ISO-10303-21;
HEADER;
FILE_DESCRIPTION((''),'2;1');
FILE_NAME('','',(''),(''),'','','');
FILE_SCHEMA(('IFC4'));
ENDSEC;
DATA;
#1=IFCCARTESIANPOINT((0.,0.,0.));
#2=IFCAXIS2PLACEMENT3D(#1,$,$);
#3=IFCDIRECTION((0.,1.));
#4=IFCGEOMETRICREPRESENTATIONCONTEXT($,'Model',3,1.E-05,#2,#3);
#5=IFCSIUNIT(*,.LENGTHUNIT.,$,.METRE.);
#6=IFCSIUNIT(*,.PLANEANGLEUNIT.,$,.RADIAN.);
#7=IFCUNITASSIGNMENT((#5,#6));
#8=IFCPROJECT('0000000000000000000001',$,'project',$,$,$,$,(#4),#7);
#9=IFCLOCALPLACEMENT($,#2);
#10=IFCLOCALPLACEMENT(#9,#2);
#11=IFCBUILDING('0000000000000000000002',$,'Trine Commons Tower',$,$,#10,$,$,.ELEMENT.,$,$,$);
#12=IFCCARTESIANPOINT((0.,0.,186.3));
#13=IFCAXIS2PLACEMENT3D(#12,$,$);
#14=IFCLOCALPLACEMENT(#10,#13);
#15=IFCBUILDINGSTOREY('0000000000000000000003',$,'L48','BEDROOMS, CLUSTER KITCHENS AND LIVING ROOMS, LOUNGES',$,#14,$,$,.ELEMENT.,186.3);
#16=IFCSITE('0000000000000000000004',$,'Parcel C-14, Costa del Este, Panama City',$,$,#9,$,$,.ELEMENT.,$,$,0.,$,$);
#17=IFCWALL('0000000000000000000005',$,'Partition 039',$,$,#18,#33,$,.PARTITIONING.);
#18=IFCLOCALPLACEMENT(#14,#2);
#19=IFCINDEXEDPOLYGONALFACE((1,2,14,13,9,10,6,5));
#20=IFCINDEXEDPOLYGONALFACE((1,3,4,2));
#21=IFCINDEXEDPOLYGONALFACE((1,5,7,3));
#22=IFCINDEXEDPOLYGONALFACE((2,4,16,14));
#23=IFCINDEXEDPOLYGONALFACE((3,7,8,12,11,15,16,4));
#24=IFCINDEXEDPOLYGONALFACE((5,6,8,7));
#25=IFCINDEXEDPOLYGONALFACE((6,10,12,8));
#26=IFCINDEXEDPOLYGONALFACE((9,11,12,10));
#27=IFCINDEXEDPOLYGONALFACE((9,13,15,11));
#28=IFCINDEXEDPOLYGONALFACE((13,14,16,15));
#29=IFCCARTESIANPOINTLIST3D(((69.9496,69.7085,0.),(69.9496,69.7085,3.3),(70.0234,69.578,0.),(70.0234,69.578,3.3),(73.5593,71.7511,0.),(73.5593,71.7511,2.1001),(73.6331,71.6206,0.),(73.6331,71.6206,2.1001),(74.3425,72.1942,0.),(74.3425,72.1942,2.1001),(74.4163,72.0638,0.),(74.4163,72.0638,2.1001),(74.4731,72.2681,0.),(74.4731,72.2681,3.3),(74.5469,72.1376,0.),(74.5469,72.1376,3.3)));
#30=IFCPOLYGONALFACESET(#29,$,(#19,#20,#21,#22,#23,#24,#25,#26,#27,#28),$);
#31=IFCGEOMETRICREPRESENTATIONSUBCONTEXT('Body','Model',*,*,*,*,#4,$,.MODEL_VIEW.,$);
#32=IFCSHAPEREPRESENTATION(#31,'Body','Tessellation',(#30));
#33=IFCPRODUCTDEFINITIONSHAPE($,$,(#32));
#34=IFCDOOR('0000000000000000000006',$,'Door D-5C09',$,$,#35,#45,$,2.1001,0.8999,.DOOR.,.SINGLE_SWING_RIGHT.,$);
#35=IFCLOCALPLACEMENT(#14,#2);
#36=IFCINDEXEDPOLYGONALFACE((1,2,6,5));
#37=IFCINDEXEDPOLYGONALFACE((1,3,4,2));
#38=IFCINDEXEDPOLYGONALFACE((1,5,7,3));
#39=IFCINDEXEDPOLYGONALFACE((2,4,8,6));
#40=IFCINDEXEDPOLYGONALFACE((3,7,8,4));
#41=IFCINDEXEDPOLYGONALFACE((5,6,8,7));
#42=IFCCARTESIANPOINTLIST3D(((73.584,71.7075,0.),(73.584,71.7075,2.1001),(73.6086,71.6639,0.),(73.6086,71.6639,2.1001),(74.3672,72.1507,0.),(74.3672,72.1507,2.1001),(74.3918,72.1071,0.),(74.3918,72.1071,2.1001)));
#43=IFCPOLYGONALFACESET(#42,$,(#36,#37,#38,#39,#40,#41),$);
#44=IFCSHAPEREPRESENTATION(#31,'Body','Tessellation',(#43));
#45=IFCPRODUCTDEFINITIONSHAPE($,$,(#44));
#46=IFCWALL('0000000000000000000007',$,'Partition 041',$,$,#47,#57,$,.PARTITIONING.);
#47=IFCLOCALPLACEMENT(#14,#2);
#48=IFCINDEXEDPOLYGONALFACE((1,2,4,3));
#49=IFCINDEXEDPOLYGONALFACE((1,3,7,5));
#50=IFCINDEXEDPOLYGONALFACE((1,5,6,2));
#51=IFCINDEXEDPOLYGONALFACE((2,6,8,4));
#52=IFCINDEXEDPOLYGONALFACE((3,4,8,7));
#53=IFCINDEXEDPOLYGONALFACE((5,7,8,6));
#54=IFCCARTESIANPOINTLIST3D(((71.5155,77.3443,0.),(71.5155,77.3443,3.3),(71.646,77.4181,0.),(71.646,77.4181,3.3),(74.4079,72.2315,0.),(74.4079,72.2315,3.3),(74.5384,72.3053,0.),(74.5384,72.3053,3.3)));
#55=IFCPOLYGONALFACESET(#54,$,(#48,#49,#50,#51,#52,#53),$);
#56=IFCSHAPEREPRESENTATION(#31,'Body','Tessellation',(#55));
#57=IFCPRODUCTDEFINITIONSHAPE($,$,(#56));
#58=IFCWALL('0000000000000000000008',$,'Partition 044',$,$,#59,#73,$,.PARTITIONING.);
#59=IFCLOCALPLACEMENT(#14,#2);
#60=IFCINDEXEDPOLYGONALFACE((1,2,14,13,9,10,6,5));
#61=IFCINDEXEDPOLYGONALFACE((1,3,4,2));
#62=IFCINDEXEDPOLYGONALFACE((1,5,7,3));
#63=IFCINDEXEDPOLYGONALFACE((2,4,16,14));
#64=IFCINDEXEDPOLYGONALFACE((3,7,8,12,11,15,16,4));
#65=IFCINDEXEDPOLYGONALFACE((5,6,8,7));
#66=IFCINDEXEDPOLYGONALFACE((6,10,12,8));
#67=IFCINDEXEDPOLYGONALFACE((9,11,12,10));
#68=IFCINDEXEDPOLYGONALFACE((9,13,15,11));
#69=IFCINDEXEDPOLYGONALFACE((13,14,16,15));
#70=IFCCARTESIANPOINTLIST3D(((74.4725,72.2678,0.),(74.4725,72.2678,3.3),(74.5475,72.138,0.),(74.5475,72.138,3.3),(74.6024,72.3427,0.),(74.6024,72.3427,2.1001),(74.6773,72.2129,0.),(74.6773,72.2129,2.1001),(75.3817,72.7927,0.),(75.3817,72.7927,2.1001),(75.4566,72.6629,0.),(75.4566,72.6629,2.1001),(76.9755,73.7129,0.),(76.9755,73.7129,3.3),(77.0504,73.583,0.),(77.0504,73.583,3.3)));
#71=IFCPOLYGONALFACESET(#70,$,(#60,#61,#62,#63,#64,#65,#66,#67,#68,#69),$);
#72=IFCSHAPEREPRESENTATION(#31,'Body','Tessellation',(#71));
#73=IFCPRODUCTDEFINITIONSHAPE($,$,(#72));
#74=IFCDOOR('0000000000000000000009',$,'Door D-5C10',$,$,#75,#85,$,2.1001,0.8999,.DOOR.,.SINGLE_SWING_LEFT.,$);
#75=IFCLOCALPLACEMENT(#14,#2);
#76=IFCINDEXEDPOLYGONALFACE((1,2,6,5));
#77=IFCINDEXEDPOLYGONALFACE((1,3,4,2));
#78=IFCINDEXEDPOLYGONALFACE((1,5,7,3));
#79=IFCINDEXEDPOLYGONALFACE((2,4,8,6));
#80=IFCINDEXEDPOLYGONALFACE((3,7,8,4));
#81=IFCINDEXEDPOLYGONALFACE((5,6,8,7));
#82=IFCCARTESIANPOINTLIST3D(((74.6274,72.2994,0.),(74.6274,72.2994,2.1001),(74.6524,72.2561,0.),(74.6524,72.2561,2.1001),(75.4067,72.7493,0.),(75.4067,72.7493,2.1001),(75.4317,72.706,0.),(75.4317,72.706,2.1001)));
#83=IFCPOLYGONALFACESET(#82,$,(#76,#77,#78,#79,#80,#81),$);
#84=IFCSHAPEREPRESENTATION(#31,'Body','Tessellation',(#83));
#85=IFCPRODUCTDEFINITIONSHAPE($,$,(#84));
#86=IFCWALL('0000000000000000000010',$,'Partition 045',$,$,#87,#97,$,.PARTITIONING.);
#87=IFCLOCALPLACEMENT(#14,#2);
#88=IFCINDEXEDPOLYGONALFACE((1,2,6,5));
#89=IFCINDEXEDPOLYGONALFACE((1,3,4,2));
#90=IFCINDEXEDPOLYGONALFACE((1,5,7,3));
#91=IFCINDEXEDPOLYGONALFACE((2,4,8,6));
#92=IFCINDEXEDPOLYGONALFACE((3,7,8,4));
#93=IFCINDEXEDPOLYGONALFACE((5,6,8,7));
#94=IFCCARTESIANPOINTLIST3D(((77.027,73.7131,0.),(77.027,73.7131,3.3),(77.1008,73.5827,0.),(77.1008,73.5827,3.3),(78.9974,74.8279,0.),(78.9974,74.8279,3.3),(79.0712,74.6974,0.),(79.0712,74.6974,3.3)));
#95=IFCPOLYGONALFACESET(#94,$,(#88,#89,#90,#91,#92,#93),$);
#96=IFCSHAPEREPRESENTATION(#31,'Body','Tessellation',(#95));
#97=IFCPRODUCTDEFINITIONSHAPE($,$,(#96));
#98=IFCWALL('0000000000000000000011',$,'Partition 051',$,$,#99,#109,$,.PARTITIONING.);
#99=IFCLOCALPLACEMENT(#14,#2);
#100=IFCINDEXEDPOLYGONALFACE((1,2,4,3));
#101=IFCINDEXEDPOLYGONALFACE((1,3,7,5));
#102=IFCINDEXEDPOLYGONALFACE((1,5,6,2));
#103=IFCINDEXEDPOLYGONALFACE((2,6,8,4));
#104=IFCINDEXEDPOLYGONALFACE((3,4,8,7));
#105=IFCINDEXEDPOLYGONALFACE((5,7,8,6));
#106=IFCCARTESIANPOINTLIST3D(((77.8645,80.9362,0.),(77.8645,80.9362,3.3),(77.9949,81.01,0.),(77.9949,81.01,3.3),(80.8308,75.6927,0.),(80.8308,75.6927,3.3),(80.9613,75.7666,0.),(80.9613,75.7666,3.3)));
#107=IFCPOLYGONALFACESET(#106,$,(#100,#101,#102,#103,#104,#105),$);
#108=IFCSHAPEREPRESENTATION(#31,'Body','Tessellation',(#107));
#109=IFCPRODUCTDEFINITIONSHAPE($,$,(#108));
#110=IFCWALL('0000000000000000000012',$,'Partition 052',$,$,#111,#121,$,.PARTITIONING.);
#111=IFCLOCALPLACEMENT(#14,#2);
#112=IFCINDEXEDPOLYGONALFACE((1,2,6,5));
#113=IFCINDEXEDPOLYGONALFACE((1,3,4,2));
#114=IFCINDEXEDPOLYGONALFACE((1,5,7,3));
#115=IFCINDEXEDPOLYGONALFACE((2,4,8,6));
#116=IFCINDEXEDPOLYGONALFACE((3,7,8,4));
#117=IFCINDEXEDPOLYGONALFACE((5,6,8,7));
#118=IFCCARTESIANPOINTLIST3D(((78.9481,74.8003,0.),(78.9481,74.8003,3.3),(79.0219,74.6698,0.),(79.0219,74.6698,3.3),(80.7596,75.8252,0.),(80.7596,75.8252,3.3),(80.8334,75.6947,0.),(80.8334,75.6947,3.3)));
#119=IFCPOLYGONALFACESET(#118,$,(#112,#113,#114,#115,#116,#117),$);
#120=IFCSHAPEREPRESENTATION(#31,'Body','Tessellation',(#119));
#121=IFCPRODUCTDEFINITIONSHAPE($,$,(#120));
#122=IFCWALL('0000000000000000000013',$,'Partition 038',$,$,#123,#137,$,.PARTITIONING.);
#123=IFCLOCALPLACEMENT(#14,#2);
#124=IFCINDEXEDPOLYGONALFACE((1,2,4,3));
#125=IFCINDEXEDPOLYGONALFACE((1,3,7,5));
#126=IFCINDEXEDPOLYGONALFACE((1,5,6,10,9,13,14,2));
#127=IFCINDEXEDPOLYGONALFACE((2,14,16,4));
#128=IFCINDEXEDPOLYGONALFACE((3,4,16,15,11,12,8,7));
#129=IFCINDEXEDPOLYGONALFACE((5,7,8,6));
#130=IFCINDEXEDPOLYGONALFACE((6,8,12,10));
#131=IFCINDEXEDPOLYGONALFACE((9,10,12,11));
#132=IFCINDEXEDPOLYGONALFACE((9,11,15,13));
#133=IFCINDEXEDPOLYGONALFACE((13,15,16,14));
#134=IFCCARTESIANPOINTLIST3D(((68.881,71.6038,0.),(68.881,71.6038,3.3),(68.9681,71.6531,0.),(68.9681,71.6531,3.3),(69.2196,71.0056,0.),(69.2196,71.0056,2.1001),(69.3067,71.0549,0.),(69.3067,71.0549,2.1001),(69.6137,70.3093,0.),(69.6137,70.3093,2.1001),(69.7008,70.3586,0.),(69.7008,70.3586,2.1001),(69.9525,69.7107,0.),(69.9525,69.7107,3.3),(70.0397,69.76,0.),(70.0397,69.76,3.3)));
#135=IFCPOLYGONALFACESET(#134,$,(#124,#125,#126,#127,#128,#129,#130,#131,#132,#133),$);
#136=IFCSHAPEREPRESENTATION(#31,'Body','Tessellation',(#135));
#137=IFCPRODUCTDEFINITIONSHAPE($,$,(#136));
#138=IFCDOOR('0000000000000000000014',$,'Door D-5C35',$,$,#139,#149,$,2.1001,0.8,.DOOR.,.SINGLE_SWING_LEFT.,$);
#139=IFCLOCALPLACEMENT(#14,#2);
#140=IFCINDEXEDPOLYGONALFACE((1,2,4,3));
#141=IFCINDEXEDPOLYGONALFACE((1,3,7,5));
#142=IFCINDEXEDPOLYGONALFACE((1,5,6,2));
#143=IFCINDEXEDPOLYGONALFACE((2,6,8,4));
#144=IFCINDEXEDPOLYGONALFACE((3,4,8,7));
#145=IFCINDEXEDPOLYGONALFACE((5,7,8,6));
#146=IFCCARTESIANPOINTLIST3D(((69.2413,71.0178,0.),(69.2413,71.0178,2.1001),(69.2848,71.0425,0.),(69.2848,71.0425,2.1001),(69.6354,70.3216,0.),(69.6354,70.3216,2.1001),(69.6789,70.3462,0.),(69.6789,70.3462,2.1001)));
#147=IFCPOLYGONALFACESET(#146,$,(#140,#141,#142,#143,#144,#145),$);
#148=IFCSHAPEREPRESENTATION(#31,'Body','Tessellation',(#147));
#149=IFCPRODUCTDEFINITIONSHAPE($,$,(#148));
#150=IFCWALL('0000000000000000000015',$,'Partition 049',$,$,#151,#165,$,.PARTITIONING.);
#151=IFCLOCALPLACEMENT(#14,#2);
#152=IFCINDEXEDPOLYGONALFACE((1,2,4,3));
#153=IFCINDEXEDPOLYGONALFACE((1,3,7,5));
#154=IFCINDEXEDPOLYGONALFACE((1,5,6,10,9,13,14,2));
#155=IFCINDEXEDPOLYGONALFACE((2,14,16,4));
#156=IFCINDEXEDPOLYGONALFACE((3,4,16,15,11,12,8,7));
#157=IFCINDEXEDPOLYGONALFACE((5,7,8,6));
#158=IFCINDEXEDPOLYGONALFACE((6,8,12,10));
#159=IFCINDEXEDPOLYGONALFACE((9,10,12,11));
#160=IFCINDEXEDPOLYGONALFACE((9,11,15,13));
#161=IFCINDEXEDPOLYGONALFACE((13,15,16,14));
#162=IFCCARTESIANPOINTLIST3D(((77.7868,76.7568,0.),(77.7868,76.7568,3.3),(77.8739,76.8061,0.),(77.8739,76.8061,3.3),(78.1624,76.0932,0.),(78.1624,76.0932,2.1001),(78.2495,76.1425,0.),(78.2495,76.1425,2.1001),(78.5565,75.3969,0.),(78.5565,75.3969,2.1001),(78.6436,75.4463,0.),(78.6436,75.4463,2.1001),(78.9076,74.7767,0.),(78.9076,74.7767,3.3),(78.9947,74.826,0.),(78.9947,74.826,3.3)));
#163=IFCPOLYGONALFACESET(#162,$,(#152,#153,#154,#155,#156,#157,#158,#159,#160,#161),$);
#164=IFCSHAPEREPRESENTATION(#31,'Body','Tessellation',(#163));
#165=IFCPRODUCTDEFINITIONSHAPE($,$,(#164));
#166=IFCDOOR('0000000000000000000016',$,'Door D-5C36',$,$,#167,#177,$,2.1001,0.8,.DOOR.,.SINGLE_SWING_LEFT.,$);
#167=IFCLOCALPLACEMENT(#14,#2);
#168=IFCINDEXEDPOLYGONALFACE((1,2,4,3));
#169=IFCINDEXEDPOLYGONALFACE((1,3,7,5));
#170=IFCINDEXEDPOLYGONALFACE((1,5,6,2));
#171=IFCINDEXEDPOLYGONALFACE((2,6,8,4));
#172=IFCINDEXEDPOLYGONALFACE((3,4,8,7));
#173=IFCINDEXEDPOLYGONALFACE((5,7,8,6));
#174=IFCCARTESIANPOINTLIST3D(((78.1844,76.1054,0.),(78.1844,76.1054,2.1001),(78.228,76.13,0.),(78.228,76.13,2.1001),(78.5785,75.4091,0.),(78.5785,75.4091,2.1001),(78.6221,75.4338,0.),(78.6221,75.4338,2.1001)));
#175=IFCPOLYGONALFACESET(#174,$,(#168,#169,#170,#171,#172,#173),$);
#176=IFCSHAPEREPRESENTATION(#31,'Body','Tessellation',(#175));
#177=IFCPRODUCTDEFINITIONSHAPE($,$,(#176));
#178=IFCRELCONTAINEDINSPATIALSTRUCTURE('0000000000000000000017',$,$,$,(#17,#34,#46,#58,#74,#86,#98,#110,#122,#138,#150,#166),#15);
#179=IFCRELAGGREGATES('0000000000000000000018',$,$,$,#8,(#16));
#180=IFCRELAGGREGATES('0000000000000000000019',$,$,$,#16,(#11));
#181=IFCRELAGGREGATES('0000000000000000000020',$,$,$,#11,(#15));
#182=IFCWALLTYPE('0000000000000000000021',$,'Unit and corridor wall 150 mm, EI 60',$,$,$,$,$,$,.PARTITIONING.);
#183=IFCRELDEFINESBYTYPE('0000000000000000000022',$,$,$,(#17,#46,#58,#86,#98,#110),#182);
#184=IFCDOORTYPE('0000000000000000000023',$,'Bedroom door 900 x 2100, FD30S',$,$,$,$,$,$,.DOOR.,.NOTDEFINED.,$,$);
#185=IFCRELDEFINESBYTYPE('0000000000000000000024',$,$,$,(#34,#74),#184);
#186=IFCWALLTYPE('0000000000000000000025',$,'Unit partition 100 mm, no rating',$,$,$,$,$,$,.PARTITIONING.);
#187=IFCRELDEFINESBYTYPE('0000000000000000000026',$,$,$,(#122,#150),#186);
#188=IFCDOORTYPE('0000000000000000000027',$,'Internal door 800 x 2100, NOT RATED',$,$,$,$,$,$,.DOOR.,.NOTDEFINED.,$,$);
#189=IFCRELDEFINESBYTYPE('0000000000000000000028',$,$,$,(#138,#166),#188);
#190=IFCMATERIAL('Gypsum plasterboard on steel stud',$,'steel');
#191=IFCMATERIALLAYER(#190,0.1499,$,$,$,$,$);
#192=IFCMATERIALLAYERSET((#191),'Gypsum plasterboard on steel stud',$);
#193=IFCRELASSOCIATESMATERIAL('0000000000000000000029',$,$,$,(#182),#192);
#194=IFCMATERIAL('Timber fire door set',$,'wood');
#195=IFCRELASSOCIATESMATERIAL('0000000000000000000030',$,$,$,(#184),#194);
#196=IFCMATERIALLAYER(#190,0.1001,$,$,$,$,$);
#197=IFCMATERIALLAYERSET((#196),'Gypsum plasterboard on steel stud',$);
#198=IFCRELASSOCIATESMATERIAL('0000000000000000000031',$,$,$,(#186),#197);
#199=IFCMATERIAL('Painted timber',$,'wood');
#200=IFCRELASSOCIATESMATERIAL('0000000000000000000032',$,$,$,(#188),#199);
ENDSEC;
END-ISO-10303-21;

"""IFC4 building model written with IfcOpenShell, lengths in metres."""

from ifc_helpers import new_model, si_unit, direction, frame, frame_2d, origin, place, context, subcontext, project, spatial, rectangle, extrude, material, layer, layer_set, type_object, element, fill, save


model = new_model("IFC4")

# Units and contexts
model_context = context("Model", 3, precision=1e-05, world=origin(), true_north=direction((0.0, 1.0)))
body_context = subcontext(model_context, "Body", "Model", "MODEL_VIEW")
ifc_project = project(units=[si_unit("LENGTHUNIT", "METRE"), si_unit("PLANEANGLEUNIT", "RADIAN")], contexts=[model_context])

# Site, building, storey
site_placement = place(None, origin())
site = spatial("IfcSite", under=ifc_project, at=site_placement, Name="Parcel C-14, Costa del Este, Panama City", CompositionType="ELEMENT", RefElevation=0.0)
building_placement = place(site_placement, origin())
building = spatial("IfcBuilding", under=site, at=building_placement, Name="Trine Commons Tower", CompositionType="ELEMENT")
storey_placement = place(building_placement, frame((0.0, 0.0, 186.3)))
storey = spatial("IfcBuildingStorey", under=building, at=storey_placement, Name="L48", Description="BEDROOMS, CLUSTER KITCHENS AND LIVING ROOMS, LOUNGES", CompositionType="ELEMENT", Elevation=186.3)

# Wall, opening, door
ifc_material_1 = material(Name="Gypsum plasterboard on steel stud", Category="steel")
ifc_layer_1 = layer(ifc_material_1, 0.1499)
ifc_layer_set_1 = layer_set([ifc_layer_1], Name="Gypsum plasterboard on steel stud")
wall_type_1 = type_object("IfcWallType", Name="Unit and corridor wall 150 mm, EI 60", PredefinedType="PARTITIONING", material=ifc_layer_set_1)
wall_1_placement = place(storey_placement, frame((69.9866, 69.6433, 0.0), z_axis=(0.0, 0.0, 1.0), x_axis=(0.870328, 0.492472, 0.0)))
wall_1 = element("IfcWall", 1, at=wall_1_placement, inside=storey, type_object=wall_type_1, Name="Partition 039", PredefinedType="PARTITIONING", context=body_context, shape_type="SweptSolid", body=[
    extrude(rectangle(XDim=5.1975, YDim=0.1499, at=frame_2d((2.5986, 0.0))), origin(), (0.0, 0.0, 1.0), 3.3),
])
opening_1_placement = place(wall_1_placement, frame((4.1475, 0.0, 0.0)))
opening_1 = element("IfcOpeningElement", 2, at=opening_1_placement, cuts=wall_1, PredefinedType="OPENING", context=body_context, shape_type="SweptSolid", body=[
    extrude(rectangle(XDim=0.8999, YDim=2.1001, at=frame_2d((0.45, 1.05))), frame((0.0, 0.085, 0.0), z_axis=(0.0, -1.0, 0.0), x_axis=(1.0, 0.0, 0.0)), (0.0, 0.0, 1.0), 0.1699),
])
ifc_material_2 = material(Name="Timber fire door set", Category="wood")
door_type_1 = type_object("IfcDoorType", Name="Bedroom door 900 x 2100, FD30S", OperationType="NOTDEFINED", PredefinedType="DOOR", material=ifc_material_2)
door_1_placement = place(opening_1_placement, origin())
door_1 = element("IfcDoor", 3, at=door_1_placement, inside=storey, type_object=door_type_1, Name="Door D-5C09", OperationType="SINGLE_SWING_RIGHT", OverallHeight=2.1001, OverallWidth=0.8999, PredefinedType="DOOR", context=body_context, shape_type="SweptSolid", body=[
    extrude(rectangle(XDim=0.8999, YDim=2.1001, at=frame_2d((0.45, 1.05))), frame((0.0, 0.0249, 0.0), z_axis=(0.0, -1.0, 0.0), x_axis=(1.0, 0.0, 0.0)), (0.0, 0.0, 1.0), 0.05),
])
fill(opening_1, door_1)

# Wall
wall_2_placement = place(storey_placement, frame((71.5808, 77.3811, 0.0), z_axis=(0.0, 0.0, 1.0), x_axis=(0.492379, -0.870381, 0.0)))
element("IfcWall", 4, at=wall_2_placement, inside=storey, type_object=wall_type_1, Name="Partition 041", PredefinedType="PARTITIONING", context=body_context, shape_type="SweptSolid", body=[
    extrude(rectangle(XDim=5.8743, YDim=0.1499, at=frame_2d((2.937, 0.0))), origin(), (0.0, 0.0, 1.0), 3.3),
])

# Wall, opening, door
wall_3_placement = place(storey_placement, frame((74.51, 72.2029, 0.0), z_axis=(0.0, 0.0, 1.0), x_axis=(0.866025, 0.5, 0.0)))
wall_3 = element("IfcWall", 5, at=wall_3_placement, inside=storey, type_object=wall_type_1, Name="Partition 044", PredefinedType="PARTITIONING", context=body_context, shape_type="SweptSolid", body=[
    extrude(rectangle(XDim=2.8901, YDim=0.1499, at=frame_2d((1.4451, 0.0))), origin(), (0.0, 0.0, 1.0), 3.3),
])
opening_2_placement = place(wall_3_placement, frame((0.1499, 0.0, 0.0)))
opening_2 = element("IfcOpeningElement", 6, at=opening_2_placement, cuts=wall_3, PredefinedType="OPENING", context=body_context, shape_type="SweptSolid", body=[
    extrude(rectangle(XDim=0.8999, YDim=2.1001, at=frame_2d((0.45, 1.05))), frame((0.0, 0.085, 0.0), z_axis=(0.0, -1.0, 0.0), x_axis=(1.0, 0.0, 0.0)), (0.0, 0.0, 1.0), 0.1699),
])
door_2_placement = place(opening_2_placement, origin())
door_2 = element("IfcDoor", 7, at=door_2_placement, inside=storey, type_object=door_type_1, Name="Door D-5C10", OperationType="SINGLE_SWING_LEFT", OverallHeight=2.1001, OverallWidth=0.8999, PredefinedType="DOOR", context=body_context, shape_type="SweptSolid", body=[
    extrude(rectangle(XDim=0.8999, YDim=2.1001, at=frame_2d((0.45, 1.05))), frame((0.0, 0.0249, 0.0), z_axis=(0.0, -1.0, 0.0), x_axis=(1.0, 0.0, 0.0)), (0.0, 0.0, 1.0), 0.05),
])
fill(opening_2, door_2)

# Walls
wall_4_placement = place(storey_placement, frame((77.064, 73.6479, 0.0), z_axis=(0.0, 0.0, 1.0), x_axis=(0.870372, 0.492395, 0.0)))
element("IfcWall", 8, at=wall_4_placement, inside=storey, type_object=wall_type_1, Name="Partition 045", PredefinedType="PARTITIONING", context=body_context, shape_type="SweptSolid", body=[
    extrude(rectangle(XDim=2.2639, YDim=0.1499, at=frame_2d((1.1318, 0.0))), origin(), (0.0, 0.0, 1.0), 3.3),
])
wall_5_placement = place(storey_placement, frame((77.9297, 80.9731, 0.0), z_axis=(0.0, 0.0, 1.0), x_axis=(0.49239, -0.870375, 0.0)))
element("IfcWall", 9, at=wall_5_placement, inside=storey, type_object=wall_type_1, Name="Partition 051", PredefinedType="PARTITIONING", context=body_context, shape_type="SweptSolid", body=[
    extrude(rectangle(XDim=6.0244, YDim=0.1499, at=frame_2d((3.0122, 0.0))), origin(), (0.0, 0.0, 1.0), 3.3),
])
wall_6_placement = place(storey_placement, frame((78.9851, 74.7351, 0.0), z_axis=(0.0, 0.0, 1.0), x_axis=(0.870357, 0.492421, 0.0)))
element("IfcWall", 10, at=wall_6_placement, inside=storey, type_object=wall_type_1, Name="Partition 052", PredefinedType="PARTITIONING", context=body_context, shape_type="SweptSolid", body=[
    extrude(rectangle(XDim=2.0813, YDim=0.1499, at=frame_2d((1.0405, 0.0))), origin(), (0.0, 0.0, 1.0), 3.3),
])

# Walls, openings, doors
ifc_layer_2 = layer(ifc_material_1, 0.1001)
ifc_layer_set_2 = layer_set([ifc_layer_2], Name="Gypsum plasterboard on steel stud")
wall_type_2 = type_object("IfcWallType", Name="Unit partition 100 mm, no rating", PredefinedType="PARTITIONING", material=ifc_layer_set_2)
wall_7_placement = place(storey_placement, frame((68.9246, 71.6284, 0.0), z_axis=(0.0, 0.0, 1.0), x_axis=(0.492593, -0.87026, 0.0)))
wall_7 = element("IfcWall", 11, at=wall_7_placement, inside=storey, type_object=wall_type_2, Name="Partition 038", PredefinedType="PARTITIONING", context=body_context, shape_type="SweptSolid", body=[
    extrude(rectangle(XDim=2.1753, YDim=0.1001, at=frame_2d((1.0876, 0.0))), origin(), (0.0, 0.0, 1.0), 3.3),
])
opening_3_placement = place(wall_7_placement, frame((0.6875, 0.0, 0.0)))
opening_3 = element("IfcOpeningElement", 12, at=opening_3_placement, cuts=wall_7, PredefinedType="OPENING", context=body_context, shape_type="SweptSolid", body=[
    extrude(rectangle(XDim=0.8, YDim=2.1001, at=frame_2d((0.3999, 1.05))), frame((0.0, 0.0601, 0.0), z_axis=(0.0, -1.0, 0.0), x_axis=(1.0, 0.0, 0.0)), (0.0, 0.0, 1.0), 0.1201),
])
ifc_material_3 = material(Name="Painted timber", Category="wood")
door_type_2 = type_object("IfcDoorType", Name="Internal door 800 x 2100, NOT RATED", OperationType="NOTDEFINED", PredefinedType="DOOR", material=ifc_material_3)
door_3_placement = place(opening_3_placement, origin())
door_3 = element("IfcDoor", 13, at=door_3_placement, inside=storey, type_object=door_type_2, Name="Door D-5C35", OperationType="SINGLE_SWING_LEFT", OverallHeight=2.1001, OverallWidth=0.8, PredefinedType="DOOR", context=body_context, shape_type="SweptSolid", body=[
    extrude(rectangle(XDim=0.8, YDim=2.1001, at=frame_2d((0.3999, 1.05))), frame((0.0, 0.0249, 0.0), z_axis=(0.0, -1.0, 0.0), x_axis=(1.0, 0.0, 0.0)), (0.0, 0.0, 1.0), 0.05),
])
fill(opening_3, door_3)
wall_8_placement = place(storey_placement, frame((77.8303, 76.7815, 0.0), z_axis=(0.0, 0.0, 1.0), x_axis=(0.492587, -0.870263, 0.0)))
wall_8 = element("IfcWall", 14, at=wall_8_placement, inside=storey, type_object=wall_type_2, Name="Partition 049", PredefinedType="PARTITIONING", context=body_context, shape_type="SweptSolid", body=[
    extrude(rectangle(XDim=2.2754, YDim=0.1001, at=frame_2d((1.1377, 0.0))), origin(), (0.0, 0.0, 1.0), 3.3),
])
opening_4_placement = place(wall_8_placement, frame((0.7627, 0.0, 0.0)))
opening_4 = element("IfcOpeningElement", 15, at=opening_4_placement, cuts=wall_8, PredefinedType="OPENING", context=body_context, shape_type="SweptSolid", body=[
    extrude(rectangle(XDim=0.8, YDim=2.1001, at=frame_2d((0.3999, 1.05))), frame((0.0, 0.0601, 0.0), z_axis=(0.0, -1.0, 0.0), x_axis=(1.0, 0.0, 0.0)), (0.0, 0.0, 1.0), 0.1201),
])
door_4_placement = place(opening_4_placement, frame((0.8, 0.0, 0.0), z_axis=(0.0, 0.0, 1.0), x_axis=(-1.0, 0.0, 0.0)))
door_4 = element("IfcDoor", 16, at=door_4_placement, inside=storey, type_object=door_type_2, Name="Door D-5C36", OperationType="SINGLE_SWING_LEFT", OverallHeight=2.1001, OverallWidth=0.8, PredefinedType="DOOR", context=body_context, shape_type="SweptSolid", body=[
    extrude(rectangle(XDim=0.8, YDim=2.1001, at=frame_2d((0.3999, 1.05))), frame((0.0, 0.0249, 0.0), z_axis=(0.0, -1.0, 0.0), x_axis=(1.0, 0.0, 0.0)), (0.0, 0.0, 1.0), 0.05),
])
fill(opening_4, door_4)

save(model, "model.ifc")
